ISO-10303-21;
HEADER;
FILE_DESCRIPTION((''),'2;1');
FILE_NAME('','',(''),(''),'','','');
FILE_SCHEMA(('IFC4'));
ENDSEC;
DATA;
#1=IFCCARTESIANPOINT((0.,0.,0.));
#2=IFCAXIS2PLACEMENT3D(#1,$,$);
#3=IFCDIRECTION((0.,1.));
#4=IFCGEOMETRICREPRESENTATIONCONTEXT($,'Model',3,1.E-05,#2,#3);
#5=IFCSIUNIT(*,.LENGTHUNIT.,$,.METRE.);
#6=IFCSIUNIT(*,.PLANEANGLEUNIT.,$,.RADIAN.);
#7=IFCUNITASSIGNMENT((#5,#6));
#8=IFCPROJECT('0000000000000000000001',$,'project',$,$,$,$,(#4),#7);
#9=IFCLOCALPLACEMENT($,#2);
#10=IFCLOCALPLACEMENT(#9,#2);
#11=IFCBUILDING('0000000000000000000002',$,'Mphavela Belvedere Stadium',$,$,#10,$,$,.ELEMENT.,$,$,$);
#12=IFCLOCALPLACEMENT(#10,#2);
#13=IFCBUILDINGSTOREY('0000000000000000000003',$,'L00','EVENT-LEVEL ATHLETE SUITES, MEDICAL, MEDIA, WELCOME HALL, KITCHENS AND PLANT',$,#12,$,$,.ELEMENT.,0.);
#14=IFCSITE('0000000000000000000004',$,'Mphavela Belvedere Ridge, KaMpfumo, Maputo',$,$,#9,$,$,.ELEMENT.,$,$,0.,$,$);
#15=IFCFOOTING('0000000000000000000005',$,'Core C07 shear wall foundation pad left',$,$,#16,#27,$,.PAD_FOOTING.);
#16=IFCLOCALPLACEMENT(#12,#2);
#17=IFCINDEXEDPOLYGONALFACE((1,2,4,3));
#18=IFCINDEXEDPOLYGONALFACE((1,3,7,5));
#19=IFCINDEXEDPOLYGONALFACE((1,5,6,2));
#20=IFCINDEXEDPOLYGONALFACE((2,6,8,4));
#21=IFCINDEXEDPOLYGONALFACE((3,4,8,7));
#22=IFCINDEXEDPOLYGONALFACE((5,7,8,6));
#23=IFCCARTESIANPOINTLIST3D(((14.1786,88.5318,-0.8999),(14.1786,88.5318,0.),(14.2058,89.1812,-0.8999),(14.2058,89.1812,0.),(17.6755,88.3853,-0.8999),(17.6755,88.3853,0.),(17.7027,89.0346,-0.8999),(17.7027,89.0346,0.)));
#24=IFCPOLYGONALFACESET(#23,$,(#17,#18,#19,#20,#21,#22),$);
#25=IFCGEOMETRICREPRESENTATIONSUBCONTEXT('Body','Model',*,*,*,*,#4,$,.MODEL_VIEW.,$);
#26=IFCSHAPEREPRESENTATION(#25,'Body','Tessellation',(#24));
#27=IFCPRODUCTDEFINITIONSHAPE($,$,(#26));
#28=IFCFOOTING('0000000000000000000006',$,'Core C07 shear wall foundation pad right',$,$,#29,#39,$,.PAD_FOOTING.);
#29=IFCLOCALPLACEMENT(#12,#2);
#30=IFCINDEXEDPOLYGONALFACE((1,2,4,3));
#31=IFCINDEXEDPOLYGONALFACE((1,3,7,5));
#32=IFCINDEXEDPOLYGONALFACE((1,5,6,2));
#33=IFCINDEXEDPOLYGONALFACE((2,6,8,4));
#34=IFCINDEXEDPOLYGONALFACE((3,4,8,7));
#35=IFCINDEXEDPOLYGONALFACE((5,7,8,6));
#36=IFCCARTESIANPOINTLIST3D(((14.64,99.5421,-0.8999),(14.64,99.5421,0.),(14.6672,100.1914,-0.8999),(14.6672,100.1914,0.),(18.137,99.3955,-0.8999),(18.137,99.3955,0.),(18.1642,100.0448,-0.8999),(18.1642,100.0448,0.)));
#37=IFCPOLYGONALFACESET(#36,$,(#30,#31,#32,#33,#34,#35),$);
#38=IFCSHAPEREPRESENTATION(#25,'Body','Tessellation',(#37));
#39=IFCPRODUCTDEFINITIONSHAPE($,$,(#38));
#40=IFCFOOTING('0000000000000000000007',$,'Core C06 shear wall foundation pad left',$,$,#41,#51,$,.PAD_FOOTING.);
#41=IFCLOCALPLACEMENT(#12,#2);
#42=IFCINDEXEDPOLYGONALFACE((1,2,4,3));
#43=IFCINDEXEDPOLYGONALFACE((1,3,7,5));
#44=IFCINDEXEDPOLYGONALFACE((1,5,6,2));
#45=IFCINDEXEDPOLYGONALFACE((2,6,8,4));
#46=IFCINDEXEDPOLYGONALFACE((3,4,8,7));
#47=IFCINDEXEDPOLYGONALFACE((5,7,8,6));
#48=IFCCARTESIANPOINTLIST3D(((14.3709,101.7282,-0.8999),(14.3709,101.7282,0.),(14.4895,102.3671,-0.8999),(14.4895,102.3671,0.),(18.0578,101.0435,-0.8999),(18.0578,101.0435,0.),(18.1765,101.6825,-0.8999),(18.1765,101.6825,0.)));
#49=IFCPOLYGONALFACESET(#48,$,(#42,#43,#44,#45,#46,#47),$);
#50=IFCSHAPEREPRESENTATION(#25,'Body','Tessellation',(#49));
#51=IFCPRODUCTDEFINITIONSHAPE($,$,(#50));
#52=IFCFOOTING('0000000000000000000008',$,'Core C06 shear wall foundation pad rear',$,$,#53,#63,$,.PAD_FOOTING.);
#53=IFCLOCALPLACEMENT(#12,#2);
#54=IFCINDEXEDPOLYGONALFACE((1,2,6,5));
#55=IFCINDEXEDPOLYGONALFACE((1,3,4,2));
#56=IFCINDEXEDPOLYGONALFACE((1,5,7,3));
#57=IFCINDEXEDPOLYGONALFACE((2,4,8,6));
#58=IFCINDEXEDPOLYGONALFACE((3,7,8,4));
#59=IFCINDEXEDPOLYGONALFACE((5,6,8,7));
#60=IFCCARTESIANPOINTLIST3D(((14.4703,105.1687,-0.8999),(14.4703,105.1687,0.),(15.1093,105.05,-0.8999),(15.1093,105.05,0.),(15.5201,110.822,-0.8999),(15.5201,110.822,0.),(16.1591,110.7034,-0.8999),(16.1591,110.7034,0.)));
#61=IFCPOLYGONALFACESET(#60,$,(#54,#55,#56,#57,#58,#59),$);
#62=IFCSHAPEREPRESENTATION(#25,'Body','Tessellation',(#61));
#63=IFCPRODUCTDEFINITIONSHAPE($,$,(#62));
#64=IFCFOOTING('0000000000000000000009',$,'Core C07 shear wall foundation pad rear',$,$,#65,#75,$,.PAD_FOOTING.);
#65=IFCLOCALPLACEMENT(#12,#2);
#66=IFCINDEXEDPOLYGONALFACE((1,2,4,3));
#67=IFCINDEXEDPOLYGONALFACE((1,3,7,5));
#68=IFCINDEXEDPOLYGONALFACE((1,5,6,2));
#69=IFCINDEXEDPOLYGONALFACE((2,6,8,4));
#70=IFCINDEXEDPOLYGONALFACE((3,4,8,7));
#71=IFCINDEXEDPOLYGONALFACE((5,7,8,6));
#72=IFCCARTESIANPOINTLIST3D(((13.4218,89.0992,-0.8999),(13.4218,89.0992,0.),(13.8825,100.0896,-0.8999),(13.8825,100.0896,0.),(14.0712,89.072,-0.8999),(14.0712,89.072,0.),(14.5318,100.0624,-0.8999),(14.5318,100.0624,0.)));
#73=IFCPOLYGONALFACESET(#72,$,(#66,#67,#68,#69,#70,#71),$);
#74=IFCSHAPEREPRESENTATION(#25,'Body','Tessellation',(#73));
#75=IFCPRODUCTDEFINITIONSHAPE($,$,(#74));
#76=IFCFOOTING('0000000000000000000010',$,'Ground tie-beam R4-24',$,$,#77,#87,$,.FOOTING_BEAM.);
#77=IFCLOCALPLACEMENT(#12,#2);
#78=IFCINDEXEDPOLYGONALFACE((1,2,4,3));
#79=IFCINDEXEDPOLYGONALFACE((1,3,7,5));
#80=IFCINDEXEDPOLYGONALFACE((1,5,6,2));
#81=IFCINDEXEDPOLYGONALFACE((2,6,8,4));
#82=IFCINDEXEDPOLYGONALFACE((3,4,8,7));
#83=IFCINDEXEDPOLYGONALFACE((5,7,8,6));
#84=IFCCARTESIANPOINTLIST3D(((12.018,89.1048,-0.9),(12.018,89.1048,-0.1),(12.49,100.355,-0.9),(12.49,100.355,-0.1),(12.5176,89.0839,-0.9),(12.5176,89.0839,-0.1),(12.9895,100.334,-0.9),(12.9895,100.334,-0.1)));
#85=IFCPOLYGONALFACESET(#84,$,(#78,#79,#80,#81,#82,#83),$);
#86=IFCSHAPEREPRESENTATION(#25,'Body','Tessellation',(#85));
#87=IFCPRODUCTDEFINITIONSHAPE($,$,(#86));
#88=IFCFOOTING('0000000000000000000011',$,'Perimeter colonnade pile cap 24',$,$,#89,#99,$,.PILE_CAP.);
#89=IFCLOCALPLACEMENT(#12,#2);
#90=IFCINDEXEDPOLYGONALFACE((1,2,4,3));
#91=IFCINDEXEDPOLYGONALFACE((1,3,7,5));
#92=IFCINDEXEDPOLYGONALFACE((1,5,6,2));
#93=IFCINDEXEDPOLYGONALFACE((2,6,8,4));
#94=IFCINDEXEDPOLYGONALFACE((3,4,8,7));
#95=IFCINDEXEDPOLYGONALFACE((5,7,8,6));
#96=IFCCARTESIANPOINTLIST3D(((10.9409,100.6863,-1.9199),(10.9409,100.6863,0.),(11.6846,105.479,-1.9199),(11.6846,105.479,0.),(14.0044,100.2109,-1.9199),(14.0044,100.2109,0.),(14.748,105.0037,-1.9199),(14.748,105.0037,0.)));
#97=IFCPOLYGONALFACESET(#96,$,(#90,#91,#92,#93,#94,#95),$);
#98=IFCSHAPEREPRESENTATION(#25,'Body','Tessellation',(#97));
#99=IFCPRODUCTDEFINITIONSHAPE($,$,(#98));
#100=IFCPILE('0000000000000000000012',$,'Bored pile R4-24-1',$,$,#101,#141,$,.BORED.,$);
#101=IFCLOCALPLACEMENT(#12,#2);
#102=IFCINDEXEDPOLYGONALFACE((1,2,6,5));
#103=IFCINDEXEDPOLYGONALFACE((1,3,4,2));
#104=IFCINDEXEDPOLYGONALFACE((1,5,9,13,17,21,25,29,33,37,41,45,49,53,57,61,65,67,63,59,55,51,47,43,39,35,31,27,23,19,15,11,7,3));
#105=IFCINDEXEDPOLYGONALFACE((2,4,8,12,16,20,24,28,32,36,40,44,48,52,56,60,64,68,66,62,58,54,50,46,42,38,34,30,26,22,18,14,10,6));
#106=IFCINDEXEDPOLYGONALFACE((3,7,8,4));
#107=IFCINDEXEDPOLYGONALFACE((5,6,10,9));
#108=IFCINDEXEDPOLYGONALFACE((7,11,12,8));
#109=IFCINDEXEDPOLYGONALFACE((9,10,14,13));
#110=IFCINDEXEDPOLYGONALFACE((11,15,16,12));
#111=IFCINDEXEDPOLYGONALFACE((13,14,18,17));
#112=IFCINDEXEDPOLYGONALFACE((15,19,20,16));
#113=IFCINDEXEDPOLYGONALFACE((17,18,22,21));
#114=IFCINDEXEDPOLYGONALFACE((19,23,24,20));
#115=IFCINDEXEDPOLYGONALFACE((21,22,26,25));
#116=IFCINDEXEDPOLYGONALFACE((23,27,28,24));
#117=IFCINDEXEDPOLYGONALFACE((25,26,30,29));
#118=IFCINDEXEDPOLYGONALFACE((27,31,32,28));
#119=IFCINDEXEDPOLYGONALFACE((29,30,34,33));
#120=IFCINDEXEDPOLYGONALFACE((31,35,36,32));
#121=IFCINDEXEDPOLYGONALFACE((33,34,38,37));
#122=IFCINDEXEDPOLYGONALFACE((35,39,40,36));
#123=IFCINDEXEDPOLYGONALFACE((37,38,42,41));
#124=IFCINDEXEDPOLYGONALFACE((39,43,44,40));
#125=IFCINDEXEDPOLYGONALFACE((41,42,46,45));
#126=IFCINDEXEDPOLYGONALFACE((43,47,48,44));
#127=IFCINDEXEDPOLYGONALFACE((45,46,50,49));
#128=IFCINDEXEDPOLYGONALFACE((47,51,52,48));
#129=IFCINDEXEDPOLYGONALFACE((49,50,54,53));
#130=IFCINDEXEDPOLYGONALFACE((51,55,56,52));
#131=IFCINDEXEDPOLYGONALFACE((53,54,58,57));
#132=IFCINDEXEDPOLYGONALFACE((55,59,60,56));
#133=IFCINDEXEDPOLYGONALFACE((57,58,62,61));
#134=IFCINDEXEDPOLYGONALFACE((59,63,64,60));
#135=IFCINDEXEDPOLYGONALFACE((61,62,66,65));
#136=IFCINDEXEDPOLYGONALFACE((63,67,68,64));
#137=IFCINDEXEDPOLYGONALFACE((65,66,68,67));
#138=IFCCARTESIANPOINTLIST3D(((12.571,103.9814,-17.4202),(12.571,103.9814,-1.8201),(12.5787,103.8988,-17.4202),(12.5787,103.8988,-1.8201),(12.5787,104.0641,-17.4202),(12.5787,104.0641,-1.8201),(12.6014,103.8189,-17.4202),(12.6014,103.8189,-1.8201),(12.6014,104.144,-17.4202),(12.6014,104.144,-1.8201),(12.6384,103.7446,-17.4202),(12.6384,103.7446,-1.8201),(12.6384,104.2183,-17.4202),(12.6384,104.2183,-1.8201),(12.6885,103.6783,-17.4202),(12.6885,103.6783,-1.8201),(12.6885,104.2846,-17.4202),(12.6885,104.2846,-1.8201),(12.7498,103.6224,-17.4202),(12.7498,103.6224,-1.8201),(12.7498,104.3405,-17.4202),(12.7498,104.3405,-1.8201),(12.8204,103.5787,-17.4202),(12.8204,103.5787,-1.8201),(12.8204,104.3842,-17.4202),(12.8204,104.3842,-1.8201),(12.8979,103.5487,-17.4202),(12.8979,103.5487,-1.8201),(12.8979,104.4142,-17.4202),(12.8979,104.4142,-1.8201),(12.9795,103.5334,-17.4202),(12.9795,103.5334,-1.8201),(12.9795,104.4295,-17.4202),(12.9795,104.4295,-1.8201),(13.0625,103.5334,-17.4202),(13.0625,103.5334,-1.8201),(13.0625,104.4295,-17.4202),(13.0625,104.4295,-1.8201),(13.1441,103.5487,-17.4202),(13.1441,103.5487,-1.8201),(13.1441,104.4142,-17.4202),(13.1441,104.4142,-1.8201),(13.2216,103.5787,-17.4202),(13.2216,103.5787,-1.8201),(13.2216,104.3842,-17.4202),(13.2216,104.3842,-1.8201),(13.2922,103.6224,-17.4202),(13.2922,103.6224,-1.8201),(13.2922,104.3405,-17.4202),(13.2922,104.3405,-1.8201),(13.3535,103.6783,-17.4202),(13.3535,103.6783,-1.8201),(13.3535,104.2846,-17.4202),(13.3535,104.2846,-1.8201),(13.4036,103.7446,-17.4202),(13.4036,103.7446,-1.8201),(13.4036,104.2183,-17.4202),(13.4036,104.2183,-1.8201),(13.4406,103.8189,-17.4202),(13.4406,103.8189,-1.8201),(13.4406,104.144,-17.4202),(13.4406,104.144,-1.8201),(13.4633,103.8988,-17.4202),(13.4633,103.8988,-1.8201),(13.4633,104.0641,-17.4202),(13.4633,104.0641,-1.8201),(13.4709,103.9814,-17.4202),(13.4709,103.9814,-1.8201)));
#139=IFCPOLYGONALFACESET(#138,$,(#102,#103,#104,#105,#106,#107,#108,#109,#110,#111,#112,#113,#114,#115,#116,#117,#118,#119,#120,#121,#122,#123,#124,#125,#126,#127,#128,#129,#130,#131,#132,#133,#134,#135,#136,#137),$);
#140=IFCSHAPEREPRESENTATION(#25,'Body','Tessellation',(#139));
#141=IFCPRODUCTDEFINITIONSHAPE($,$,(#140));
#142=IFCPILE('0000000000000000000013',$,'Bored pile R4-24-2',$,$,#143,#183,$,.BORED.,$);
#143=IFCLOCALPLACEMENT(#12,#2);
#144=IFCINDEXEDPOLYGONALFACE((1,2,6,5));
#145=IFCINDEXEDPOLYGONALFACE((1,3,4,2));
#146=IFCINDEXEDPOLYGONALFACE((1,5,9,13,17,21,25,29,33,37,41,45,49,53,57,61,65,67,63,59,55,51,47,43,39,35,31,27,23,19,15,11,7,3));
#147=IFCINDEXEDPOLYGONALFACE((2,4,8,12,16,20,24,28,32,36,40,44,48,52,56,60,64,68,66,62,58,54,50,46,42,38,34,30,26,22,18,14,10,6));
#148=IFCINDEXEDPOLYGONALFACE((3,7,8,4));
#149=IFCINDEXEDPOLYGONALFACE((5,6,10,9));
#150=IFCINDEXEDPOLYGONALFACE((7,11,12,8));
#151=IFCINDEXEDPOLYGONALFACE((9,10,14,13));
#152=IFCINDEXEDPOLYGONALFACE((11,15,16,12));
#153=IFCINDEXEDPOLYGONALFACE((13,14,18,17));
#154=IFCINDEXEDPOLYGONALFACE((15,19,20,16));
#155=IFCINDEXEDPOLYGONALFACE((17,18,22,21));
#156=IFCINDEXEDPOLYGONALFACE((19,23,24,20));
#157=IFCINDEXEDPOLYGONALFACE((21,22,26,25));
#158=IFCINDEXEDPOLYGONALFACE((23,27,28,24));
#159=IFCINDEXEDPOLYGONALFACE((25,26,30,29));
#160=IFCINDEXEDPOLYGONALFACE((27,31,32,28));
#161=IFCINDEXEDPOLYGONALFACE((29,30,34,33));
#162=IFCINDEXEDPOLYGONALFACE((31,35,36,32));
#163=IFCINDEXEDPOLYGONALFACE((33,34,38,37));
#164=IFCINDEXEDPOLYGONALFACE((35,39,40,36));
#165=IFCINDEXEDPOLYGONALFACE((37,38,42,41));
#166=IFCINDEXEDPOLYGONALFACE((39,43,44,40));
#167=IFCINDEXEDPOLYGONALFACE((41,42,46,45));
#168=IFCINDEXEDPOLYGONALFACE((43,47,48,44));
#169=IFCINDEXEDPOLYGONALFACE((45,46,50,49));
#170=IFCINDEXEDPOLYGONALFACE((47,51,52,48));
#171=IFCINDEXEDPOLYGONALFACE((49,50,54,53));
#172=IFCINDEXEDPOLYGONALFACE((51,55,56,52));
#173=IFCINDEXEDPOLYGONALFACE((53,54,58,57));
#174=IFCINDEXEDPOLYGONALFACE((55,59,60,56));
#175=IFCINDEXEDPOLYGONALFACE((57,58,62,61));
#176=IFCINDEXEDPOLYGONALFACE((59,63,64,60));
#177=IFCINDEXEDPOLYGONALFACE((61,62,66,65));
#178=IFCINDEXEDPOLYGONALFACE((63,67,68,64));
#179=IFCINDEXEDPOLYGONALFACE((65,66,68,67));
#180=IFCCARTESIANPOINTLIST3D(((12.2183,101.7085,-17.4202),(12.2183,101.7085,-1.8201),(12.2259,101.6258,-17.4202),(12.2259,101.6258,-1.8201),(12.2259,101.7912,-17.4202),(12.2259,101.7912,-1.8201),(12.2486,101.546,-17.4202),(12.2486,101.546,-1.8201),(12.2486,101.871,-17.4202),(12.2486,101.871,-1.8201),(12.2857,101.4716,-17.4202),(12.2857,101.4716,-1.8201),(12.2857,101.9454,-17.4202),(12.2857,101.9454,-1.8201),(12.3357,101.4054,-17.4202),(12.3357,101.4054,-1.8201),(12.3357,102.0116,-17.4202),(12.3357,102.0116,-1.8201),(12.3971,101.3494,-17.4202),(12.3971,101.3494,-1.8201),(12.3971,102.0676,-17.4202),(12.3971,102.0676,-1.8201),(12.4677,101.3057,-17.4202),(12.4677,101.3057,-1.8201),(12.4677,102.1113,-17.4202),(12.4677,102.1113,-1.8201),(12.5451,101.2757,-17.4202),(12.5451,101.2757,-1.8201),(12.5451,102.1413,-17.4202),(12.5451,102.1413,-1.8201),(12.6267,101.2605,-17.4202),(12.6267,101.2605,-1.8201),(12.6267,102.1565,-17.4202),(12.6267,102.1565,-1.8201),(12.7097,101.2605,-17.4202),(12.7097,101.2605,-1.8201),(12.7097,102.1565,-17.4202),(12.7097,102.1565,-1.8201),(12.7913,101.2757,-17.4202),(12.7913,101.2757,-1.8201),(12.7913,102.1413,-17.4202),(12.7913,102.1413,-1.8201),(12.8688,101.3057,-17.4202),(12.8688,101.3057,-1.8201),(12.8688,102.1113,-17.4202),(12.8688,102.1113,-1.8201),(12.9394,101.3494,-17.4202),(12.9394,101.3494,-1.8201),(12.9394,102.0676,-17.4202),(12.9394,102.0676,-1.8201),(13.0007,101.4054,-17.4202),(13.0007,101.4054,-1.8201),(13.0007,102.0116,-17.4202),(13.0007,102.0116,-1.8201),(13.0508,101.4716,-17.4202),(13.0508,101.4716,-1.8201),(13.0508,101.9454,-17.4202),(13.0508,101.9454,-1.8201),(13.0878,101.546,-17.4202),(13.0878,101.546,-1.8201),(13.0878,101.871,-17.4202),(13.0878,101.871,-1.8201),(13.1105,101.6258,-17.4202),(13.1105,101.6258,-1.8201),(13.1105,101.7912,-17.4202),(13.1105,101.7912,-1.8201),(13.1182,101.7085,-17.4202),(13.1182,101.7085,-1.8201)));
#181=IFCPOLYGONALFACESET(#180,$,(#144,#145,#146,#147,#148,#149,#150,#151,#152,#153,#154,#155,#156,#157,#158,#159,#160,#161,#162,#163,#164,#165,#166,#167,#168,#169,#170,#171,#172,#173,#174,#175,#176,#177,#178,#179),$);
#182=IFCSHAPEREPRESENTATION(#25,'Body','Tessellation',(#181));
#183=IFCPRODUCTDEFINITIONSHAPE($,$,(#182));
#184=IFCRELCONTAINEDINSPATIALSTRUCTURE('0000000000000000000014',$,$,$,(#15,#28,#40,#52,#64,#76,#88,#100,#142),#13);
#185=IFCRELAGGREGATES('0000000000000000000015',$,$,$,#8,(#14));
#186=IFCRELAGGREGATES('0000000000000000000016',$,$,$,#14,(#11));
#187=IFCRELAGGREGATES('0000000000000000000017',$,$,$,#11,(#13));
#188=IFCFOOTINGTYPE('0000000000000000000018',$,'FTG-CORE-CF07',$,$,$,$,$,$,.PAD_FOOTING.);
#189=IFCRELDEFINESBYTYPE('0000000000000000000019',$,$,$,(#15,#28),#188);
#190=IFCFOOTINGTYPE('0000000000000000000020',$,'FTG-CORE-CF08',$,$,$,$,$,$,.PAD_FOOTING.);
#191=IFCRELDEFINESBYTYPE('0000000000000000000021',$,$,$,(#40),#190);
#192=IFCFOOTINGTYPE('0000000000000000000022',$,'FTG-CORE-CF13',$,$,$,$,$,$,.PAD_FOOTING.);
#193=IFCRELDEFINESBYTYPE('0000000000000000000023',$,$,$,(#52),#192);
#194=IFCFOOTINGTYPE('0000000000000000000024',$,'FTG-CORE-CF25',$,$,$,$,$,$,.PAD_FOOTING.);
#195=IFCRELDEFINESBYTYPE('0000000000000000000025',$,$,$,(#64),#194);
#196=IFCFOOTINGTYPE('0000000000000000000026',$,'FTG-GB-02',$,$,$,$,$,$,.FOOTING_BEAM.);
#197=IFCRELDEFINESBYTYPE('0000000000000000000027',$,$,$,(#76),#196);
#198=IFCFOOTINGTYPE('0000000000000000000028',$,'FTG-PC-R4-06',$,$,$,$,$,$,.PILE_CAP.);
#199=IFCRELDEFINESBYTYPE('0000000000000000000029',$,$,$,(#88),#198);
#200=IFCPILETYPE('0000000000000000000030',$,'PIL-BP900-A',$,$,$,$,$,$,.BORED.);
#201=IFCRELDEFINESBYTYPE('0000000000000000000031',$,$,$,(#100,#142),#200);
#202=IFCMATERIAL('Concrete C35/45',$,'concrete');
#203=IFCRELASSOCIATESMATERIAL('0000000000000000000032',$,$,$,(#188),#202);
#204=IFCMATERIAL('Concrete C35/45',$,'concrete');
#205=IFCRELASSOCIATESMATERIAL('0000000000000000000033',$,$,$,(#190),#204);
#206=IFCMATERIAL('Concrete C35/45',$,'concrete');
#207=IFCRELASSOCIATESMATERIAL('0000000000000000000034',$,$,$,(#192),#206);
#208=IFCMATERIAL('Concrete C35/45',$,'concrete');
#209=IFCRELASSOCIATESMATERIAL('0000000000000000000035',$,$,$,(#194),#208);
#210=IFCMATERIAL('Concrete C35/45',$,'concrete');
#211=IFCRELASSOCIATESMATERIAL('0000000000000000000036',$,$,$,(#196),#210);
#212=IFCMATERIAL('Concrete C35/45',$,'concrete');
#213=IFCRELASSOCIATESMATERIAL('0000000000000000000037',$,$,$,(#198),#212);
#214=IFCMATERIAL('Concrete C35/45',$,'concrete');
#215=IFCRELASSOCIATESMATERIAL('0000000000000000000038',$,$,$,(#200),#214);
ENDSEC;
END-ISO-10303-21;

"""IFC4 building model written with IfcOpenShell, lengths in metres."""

from ifc_helpers import new_model, si_unit, direction, frame, origin, origin_2d, place, context, subcontext, project, spatial, rectangle, circle, extrude, material, material_profile, profile_set, type_object, element, save


model = new_model("IFC4")

# Units and contexts
model_context = context("Model", 3, precision=1e-05, world=origin(), true_north=direction((0.0, 1.0)))
body_context = subcontext(model_context, "Body", "Model", "MODEL_VIEW")
ifc_project = project(units=[si_unit("LENGTHUNIT", "METRE"), si_unit("PLANEANGLEUNIT", "RADIAN")], contexts=[model_context])

# Site, building, storey
site_placement = place(None, origin())
site = spatial("IfcSite", under=ifc_project, at=site_placement, Name="Mphavela Belvedere Ridge, KaMpfumo, Maputo", CompositionType="ELEMENT", RefElevation=0.0)
building_placement = place(site_placement, origin())
building = spatial("IfcBuilding", under=site, at=building_placement, Name="Mphavela Belvedere Stadium", CompositionType="ELEMENT")
storey_placement = place(building_placement, origin())
storey = spatial("IfcBuildingStorey", under=building, at=storey_placement, Name="L00", Description="EVENT-LEVEL ATHLETE SUITES, MEDICAL, MEDIA, WELCOME HALL, KITCHENS AND PLANT", CompositionType="ELEMENT", Elevation=0.0)

# Footings
ifc_material_1 = material(Name="Concrete C35/45", Category="concrete")
footing_type_1 = type_object("IfcFootingType", Name="FTG-CORE-CF07", PredefinedType="PAD_FOOTING", material=ifc_material_1)
for number, where, z_axis, x_axis, name in (
    (1, (15.9407, 88.7832, -0.8999), (0.0, 0.0, 1.0), (-0.999123, 0.041876, 0.0), "Core C07 shear wall foundation pad left"),
    (2, (16.4021, 99.7935, -0.8999), (0.0, 0.0, 1.0), (-0.999123, 0.041876, 0.0), "Core C07 shear wall foundation pad right"),
):
    element("IfcFooting", number, at=place(storey_placement, frame(where, z_axis=z_axis, x_axis=x_axis)), inside=storey, type_object=footing_type_1, Name=name, PredefinedType="PAD_FOOTING", context=body_context, shape_type="SweptSolid", body=[
        extrude(rectangle(XDim=3.5, YDim=0.6499, at=origin_2d()), origin(), (0.0, 0.0, 1.0), 0.8999),
    ])
ifc_material_2 = material(Name="Concrete C35/45", Category="concrete")
footing_type_2 = type_object("IfcFootingType", Name="FTG-CORE-CF08", PredefinedType="PAD_FOOTING", material=ifc_material_2)
footing_1_placement = place(storey_placement, frame((16.2737, 101.7053, -0.8999), z_axis=(0.0, 0.0, 1.0), x_axis=(-0.983191, 0.182579, 0.0)))
element("IfcFooting", 3, at=footing_1_placement, inside=storey, type_object=footing_type_2, Name="Core C06 shear wall foundation pad left", PredefinedType="PAD_FOOTING", context=body_context, shape_type="SweptSolid", body=[
    extrude(rectangle(XDim=3.75, YDim=0.6499, at=origin_2d()), origin(), (0.0, 0.0, 1.0), 0.8999),
])
ifc_material_3 = material(Name="Concrete C35/45", Category="concrete")
footing_type_3 = type_object("IfcFootingType", Name="FTG-CORE-CF13", PredefinedType="PAD_FOOTING", material=ifc_material_3)
footing_2_placement = place(storey_placement, frame((15.3147, 107.936, -0.8999), z_axis=(0.0, 0.0, 1.0), x_axis=(0.182579, 0.983191, 0.0)))
element("IfcFooting", 4, at=footing_2_placement, inside=storey, type_object=footing_type_3, Name="Core C06 shear wall foundation pad rear", PredefinedType="PAD_FOOTING", context=body_context, shape_type="SweptSolid", body=[
    extrude(rectangle(XDim=5.75, YDim=0.6499, at=origin_2d()), origin(), (0.0, 0.0, 1.0), 0.8999),
])
ifc_material_4 = material(Name="Concrete C35/45", Category="concrete")
footing_type_4 = type_object("IfcFootingType", Name="FTG-CORE-CF25", PredefinedType="PAD_FOOTING", material=ifc_material_4)
footing_3_placement = place(storey_placement, frame((13.9768, 94.5808, -0.8999), z_axis=(0.0, 0.0, 1.0), x_axis=(0.041876, 0.999123, 0.0)))
element("IfcFooting", 5, at=footing_3_placement, inside=storey, type_object=footing_type_4, Name="Core C07 shear wall foundation pad rear", PredefinedType="PAD_FOOTING", context=body_context, shape_type="SweptSolid", body=[
    extrude(rectangle(XDim=11.0, YDim=0.6499, at=origin_2d()), origin(), (0.0, 0.0, 1.0), 0.8999),
])
ifc_material_5 = material(Name="Concrete C35/45", Category="concrete")
ifc_material_profile_1 = material_profile(ifc_material_5, rectangle(XDim=0.5, YDim=0.8, at=origin_2d()), Name="GB 500x800")
ifc_profile_set_1 = profile_set([ifc_material_profile_1], Name="Concrete C35/45")
footing_type_5 = type_object("IfcFootingType", Name="FTG-GB-02", PredefinedType="FOOTING_BEAM", material=ifc_profile_set_1)
footing_4_placement = place(storey_placement, frame((12.7397, 100.3445, -0.5), z_axis=(-0.041912, -0.999121, 0.0), x_axis=(0.999121, -0.041912, 0.0)))
element("IfcFooting", 6, at=footing_4_placement, inside=storey, type_object=footing_type_5, Name="Ground tie-beam R4-24", PredefinedType="FOOTING_BEAM", context=body_context, shape_type="SweptSolid", body=[
    extrude(rectangle(XDim=0.5, YDim=0.8, at=origin_2d()), origin(), (0.0, 0.0, 1.0), 11.26),
])
ifc_material_6 = material(Name="Concrete C35/45", Category="concrete")
footing_type_6 = type_object("IfcFootingType", Name="FTG-PC-R4-06", PredefinedType="PILE_CAP", material=ifc_material_6)
footing_5_placement = place(storey_placement, frame((12.8445, 102.845, -1.9199), z_axis=(0.0, 0.0, 1.0), x_axis=(-0.153331, -0.988175, 0.0)))
element("IfcFooting", 7, at=footing_5_placement, inside=storey, type_object=footing_type_6, Name="Perimeter colonnade pile cap 24", PredefinedType="PILE_CAP", context=body_context, shape_type="SweptSolid", body=[
    extrude(rectangle(XDim=4.8501, YDim=3.1001, at=origin_2d()), origin(), (0.0, 0.0, 1.0), 1.9199),
])

# Piles
ifc_material_7 = material(Name="Concrete C35/45", Category="concrete")
ifc_material_profile_2 = material_profile(ifc_material_7, circle(Radius=0.45, at=origin_2d()), Name="BP D900")
ifc_profile_set_2 = profile_set([ifc_material_profile_2], Name="Concrete C35/45")
pile_type = type_object("IfcPileType", Name="PIL-BP900-A", PredefinedType="BORED", material=ifc_profile_set_2)
for number, where, z_axis, x_axis, name in (
    (8, (13.021, 103.9814, -1.8201), (0.0, 0.0, -1.0), (1.0, 0.0, 0.0), "Bored pile R4-24-1"),
    (9, (12.6682, 101.7085, -1.8201), (0.0, 0.0, -1.0), (1.0, 0.0, 0.0), "Bored pile R4-24-2"),
):
    element("IfcPile", number, at=place(storey_placement, frame(where, z_axis=z_axis, x_axis=x_axis)), inside=storey, type_object=pile_type, Name=name, PredefinedType="BORED", context=body_context, shape_type="SweptSolid", body=[
        extrude(circle(Radius=0.45, at=origin_2d()), origin(), (0.0, 0.0, 1.0), 15.6001),
    ])

save(model, "model.ifc")
